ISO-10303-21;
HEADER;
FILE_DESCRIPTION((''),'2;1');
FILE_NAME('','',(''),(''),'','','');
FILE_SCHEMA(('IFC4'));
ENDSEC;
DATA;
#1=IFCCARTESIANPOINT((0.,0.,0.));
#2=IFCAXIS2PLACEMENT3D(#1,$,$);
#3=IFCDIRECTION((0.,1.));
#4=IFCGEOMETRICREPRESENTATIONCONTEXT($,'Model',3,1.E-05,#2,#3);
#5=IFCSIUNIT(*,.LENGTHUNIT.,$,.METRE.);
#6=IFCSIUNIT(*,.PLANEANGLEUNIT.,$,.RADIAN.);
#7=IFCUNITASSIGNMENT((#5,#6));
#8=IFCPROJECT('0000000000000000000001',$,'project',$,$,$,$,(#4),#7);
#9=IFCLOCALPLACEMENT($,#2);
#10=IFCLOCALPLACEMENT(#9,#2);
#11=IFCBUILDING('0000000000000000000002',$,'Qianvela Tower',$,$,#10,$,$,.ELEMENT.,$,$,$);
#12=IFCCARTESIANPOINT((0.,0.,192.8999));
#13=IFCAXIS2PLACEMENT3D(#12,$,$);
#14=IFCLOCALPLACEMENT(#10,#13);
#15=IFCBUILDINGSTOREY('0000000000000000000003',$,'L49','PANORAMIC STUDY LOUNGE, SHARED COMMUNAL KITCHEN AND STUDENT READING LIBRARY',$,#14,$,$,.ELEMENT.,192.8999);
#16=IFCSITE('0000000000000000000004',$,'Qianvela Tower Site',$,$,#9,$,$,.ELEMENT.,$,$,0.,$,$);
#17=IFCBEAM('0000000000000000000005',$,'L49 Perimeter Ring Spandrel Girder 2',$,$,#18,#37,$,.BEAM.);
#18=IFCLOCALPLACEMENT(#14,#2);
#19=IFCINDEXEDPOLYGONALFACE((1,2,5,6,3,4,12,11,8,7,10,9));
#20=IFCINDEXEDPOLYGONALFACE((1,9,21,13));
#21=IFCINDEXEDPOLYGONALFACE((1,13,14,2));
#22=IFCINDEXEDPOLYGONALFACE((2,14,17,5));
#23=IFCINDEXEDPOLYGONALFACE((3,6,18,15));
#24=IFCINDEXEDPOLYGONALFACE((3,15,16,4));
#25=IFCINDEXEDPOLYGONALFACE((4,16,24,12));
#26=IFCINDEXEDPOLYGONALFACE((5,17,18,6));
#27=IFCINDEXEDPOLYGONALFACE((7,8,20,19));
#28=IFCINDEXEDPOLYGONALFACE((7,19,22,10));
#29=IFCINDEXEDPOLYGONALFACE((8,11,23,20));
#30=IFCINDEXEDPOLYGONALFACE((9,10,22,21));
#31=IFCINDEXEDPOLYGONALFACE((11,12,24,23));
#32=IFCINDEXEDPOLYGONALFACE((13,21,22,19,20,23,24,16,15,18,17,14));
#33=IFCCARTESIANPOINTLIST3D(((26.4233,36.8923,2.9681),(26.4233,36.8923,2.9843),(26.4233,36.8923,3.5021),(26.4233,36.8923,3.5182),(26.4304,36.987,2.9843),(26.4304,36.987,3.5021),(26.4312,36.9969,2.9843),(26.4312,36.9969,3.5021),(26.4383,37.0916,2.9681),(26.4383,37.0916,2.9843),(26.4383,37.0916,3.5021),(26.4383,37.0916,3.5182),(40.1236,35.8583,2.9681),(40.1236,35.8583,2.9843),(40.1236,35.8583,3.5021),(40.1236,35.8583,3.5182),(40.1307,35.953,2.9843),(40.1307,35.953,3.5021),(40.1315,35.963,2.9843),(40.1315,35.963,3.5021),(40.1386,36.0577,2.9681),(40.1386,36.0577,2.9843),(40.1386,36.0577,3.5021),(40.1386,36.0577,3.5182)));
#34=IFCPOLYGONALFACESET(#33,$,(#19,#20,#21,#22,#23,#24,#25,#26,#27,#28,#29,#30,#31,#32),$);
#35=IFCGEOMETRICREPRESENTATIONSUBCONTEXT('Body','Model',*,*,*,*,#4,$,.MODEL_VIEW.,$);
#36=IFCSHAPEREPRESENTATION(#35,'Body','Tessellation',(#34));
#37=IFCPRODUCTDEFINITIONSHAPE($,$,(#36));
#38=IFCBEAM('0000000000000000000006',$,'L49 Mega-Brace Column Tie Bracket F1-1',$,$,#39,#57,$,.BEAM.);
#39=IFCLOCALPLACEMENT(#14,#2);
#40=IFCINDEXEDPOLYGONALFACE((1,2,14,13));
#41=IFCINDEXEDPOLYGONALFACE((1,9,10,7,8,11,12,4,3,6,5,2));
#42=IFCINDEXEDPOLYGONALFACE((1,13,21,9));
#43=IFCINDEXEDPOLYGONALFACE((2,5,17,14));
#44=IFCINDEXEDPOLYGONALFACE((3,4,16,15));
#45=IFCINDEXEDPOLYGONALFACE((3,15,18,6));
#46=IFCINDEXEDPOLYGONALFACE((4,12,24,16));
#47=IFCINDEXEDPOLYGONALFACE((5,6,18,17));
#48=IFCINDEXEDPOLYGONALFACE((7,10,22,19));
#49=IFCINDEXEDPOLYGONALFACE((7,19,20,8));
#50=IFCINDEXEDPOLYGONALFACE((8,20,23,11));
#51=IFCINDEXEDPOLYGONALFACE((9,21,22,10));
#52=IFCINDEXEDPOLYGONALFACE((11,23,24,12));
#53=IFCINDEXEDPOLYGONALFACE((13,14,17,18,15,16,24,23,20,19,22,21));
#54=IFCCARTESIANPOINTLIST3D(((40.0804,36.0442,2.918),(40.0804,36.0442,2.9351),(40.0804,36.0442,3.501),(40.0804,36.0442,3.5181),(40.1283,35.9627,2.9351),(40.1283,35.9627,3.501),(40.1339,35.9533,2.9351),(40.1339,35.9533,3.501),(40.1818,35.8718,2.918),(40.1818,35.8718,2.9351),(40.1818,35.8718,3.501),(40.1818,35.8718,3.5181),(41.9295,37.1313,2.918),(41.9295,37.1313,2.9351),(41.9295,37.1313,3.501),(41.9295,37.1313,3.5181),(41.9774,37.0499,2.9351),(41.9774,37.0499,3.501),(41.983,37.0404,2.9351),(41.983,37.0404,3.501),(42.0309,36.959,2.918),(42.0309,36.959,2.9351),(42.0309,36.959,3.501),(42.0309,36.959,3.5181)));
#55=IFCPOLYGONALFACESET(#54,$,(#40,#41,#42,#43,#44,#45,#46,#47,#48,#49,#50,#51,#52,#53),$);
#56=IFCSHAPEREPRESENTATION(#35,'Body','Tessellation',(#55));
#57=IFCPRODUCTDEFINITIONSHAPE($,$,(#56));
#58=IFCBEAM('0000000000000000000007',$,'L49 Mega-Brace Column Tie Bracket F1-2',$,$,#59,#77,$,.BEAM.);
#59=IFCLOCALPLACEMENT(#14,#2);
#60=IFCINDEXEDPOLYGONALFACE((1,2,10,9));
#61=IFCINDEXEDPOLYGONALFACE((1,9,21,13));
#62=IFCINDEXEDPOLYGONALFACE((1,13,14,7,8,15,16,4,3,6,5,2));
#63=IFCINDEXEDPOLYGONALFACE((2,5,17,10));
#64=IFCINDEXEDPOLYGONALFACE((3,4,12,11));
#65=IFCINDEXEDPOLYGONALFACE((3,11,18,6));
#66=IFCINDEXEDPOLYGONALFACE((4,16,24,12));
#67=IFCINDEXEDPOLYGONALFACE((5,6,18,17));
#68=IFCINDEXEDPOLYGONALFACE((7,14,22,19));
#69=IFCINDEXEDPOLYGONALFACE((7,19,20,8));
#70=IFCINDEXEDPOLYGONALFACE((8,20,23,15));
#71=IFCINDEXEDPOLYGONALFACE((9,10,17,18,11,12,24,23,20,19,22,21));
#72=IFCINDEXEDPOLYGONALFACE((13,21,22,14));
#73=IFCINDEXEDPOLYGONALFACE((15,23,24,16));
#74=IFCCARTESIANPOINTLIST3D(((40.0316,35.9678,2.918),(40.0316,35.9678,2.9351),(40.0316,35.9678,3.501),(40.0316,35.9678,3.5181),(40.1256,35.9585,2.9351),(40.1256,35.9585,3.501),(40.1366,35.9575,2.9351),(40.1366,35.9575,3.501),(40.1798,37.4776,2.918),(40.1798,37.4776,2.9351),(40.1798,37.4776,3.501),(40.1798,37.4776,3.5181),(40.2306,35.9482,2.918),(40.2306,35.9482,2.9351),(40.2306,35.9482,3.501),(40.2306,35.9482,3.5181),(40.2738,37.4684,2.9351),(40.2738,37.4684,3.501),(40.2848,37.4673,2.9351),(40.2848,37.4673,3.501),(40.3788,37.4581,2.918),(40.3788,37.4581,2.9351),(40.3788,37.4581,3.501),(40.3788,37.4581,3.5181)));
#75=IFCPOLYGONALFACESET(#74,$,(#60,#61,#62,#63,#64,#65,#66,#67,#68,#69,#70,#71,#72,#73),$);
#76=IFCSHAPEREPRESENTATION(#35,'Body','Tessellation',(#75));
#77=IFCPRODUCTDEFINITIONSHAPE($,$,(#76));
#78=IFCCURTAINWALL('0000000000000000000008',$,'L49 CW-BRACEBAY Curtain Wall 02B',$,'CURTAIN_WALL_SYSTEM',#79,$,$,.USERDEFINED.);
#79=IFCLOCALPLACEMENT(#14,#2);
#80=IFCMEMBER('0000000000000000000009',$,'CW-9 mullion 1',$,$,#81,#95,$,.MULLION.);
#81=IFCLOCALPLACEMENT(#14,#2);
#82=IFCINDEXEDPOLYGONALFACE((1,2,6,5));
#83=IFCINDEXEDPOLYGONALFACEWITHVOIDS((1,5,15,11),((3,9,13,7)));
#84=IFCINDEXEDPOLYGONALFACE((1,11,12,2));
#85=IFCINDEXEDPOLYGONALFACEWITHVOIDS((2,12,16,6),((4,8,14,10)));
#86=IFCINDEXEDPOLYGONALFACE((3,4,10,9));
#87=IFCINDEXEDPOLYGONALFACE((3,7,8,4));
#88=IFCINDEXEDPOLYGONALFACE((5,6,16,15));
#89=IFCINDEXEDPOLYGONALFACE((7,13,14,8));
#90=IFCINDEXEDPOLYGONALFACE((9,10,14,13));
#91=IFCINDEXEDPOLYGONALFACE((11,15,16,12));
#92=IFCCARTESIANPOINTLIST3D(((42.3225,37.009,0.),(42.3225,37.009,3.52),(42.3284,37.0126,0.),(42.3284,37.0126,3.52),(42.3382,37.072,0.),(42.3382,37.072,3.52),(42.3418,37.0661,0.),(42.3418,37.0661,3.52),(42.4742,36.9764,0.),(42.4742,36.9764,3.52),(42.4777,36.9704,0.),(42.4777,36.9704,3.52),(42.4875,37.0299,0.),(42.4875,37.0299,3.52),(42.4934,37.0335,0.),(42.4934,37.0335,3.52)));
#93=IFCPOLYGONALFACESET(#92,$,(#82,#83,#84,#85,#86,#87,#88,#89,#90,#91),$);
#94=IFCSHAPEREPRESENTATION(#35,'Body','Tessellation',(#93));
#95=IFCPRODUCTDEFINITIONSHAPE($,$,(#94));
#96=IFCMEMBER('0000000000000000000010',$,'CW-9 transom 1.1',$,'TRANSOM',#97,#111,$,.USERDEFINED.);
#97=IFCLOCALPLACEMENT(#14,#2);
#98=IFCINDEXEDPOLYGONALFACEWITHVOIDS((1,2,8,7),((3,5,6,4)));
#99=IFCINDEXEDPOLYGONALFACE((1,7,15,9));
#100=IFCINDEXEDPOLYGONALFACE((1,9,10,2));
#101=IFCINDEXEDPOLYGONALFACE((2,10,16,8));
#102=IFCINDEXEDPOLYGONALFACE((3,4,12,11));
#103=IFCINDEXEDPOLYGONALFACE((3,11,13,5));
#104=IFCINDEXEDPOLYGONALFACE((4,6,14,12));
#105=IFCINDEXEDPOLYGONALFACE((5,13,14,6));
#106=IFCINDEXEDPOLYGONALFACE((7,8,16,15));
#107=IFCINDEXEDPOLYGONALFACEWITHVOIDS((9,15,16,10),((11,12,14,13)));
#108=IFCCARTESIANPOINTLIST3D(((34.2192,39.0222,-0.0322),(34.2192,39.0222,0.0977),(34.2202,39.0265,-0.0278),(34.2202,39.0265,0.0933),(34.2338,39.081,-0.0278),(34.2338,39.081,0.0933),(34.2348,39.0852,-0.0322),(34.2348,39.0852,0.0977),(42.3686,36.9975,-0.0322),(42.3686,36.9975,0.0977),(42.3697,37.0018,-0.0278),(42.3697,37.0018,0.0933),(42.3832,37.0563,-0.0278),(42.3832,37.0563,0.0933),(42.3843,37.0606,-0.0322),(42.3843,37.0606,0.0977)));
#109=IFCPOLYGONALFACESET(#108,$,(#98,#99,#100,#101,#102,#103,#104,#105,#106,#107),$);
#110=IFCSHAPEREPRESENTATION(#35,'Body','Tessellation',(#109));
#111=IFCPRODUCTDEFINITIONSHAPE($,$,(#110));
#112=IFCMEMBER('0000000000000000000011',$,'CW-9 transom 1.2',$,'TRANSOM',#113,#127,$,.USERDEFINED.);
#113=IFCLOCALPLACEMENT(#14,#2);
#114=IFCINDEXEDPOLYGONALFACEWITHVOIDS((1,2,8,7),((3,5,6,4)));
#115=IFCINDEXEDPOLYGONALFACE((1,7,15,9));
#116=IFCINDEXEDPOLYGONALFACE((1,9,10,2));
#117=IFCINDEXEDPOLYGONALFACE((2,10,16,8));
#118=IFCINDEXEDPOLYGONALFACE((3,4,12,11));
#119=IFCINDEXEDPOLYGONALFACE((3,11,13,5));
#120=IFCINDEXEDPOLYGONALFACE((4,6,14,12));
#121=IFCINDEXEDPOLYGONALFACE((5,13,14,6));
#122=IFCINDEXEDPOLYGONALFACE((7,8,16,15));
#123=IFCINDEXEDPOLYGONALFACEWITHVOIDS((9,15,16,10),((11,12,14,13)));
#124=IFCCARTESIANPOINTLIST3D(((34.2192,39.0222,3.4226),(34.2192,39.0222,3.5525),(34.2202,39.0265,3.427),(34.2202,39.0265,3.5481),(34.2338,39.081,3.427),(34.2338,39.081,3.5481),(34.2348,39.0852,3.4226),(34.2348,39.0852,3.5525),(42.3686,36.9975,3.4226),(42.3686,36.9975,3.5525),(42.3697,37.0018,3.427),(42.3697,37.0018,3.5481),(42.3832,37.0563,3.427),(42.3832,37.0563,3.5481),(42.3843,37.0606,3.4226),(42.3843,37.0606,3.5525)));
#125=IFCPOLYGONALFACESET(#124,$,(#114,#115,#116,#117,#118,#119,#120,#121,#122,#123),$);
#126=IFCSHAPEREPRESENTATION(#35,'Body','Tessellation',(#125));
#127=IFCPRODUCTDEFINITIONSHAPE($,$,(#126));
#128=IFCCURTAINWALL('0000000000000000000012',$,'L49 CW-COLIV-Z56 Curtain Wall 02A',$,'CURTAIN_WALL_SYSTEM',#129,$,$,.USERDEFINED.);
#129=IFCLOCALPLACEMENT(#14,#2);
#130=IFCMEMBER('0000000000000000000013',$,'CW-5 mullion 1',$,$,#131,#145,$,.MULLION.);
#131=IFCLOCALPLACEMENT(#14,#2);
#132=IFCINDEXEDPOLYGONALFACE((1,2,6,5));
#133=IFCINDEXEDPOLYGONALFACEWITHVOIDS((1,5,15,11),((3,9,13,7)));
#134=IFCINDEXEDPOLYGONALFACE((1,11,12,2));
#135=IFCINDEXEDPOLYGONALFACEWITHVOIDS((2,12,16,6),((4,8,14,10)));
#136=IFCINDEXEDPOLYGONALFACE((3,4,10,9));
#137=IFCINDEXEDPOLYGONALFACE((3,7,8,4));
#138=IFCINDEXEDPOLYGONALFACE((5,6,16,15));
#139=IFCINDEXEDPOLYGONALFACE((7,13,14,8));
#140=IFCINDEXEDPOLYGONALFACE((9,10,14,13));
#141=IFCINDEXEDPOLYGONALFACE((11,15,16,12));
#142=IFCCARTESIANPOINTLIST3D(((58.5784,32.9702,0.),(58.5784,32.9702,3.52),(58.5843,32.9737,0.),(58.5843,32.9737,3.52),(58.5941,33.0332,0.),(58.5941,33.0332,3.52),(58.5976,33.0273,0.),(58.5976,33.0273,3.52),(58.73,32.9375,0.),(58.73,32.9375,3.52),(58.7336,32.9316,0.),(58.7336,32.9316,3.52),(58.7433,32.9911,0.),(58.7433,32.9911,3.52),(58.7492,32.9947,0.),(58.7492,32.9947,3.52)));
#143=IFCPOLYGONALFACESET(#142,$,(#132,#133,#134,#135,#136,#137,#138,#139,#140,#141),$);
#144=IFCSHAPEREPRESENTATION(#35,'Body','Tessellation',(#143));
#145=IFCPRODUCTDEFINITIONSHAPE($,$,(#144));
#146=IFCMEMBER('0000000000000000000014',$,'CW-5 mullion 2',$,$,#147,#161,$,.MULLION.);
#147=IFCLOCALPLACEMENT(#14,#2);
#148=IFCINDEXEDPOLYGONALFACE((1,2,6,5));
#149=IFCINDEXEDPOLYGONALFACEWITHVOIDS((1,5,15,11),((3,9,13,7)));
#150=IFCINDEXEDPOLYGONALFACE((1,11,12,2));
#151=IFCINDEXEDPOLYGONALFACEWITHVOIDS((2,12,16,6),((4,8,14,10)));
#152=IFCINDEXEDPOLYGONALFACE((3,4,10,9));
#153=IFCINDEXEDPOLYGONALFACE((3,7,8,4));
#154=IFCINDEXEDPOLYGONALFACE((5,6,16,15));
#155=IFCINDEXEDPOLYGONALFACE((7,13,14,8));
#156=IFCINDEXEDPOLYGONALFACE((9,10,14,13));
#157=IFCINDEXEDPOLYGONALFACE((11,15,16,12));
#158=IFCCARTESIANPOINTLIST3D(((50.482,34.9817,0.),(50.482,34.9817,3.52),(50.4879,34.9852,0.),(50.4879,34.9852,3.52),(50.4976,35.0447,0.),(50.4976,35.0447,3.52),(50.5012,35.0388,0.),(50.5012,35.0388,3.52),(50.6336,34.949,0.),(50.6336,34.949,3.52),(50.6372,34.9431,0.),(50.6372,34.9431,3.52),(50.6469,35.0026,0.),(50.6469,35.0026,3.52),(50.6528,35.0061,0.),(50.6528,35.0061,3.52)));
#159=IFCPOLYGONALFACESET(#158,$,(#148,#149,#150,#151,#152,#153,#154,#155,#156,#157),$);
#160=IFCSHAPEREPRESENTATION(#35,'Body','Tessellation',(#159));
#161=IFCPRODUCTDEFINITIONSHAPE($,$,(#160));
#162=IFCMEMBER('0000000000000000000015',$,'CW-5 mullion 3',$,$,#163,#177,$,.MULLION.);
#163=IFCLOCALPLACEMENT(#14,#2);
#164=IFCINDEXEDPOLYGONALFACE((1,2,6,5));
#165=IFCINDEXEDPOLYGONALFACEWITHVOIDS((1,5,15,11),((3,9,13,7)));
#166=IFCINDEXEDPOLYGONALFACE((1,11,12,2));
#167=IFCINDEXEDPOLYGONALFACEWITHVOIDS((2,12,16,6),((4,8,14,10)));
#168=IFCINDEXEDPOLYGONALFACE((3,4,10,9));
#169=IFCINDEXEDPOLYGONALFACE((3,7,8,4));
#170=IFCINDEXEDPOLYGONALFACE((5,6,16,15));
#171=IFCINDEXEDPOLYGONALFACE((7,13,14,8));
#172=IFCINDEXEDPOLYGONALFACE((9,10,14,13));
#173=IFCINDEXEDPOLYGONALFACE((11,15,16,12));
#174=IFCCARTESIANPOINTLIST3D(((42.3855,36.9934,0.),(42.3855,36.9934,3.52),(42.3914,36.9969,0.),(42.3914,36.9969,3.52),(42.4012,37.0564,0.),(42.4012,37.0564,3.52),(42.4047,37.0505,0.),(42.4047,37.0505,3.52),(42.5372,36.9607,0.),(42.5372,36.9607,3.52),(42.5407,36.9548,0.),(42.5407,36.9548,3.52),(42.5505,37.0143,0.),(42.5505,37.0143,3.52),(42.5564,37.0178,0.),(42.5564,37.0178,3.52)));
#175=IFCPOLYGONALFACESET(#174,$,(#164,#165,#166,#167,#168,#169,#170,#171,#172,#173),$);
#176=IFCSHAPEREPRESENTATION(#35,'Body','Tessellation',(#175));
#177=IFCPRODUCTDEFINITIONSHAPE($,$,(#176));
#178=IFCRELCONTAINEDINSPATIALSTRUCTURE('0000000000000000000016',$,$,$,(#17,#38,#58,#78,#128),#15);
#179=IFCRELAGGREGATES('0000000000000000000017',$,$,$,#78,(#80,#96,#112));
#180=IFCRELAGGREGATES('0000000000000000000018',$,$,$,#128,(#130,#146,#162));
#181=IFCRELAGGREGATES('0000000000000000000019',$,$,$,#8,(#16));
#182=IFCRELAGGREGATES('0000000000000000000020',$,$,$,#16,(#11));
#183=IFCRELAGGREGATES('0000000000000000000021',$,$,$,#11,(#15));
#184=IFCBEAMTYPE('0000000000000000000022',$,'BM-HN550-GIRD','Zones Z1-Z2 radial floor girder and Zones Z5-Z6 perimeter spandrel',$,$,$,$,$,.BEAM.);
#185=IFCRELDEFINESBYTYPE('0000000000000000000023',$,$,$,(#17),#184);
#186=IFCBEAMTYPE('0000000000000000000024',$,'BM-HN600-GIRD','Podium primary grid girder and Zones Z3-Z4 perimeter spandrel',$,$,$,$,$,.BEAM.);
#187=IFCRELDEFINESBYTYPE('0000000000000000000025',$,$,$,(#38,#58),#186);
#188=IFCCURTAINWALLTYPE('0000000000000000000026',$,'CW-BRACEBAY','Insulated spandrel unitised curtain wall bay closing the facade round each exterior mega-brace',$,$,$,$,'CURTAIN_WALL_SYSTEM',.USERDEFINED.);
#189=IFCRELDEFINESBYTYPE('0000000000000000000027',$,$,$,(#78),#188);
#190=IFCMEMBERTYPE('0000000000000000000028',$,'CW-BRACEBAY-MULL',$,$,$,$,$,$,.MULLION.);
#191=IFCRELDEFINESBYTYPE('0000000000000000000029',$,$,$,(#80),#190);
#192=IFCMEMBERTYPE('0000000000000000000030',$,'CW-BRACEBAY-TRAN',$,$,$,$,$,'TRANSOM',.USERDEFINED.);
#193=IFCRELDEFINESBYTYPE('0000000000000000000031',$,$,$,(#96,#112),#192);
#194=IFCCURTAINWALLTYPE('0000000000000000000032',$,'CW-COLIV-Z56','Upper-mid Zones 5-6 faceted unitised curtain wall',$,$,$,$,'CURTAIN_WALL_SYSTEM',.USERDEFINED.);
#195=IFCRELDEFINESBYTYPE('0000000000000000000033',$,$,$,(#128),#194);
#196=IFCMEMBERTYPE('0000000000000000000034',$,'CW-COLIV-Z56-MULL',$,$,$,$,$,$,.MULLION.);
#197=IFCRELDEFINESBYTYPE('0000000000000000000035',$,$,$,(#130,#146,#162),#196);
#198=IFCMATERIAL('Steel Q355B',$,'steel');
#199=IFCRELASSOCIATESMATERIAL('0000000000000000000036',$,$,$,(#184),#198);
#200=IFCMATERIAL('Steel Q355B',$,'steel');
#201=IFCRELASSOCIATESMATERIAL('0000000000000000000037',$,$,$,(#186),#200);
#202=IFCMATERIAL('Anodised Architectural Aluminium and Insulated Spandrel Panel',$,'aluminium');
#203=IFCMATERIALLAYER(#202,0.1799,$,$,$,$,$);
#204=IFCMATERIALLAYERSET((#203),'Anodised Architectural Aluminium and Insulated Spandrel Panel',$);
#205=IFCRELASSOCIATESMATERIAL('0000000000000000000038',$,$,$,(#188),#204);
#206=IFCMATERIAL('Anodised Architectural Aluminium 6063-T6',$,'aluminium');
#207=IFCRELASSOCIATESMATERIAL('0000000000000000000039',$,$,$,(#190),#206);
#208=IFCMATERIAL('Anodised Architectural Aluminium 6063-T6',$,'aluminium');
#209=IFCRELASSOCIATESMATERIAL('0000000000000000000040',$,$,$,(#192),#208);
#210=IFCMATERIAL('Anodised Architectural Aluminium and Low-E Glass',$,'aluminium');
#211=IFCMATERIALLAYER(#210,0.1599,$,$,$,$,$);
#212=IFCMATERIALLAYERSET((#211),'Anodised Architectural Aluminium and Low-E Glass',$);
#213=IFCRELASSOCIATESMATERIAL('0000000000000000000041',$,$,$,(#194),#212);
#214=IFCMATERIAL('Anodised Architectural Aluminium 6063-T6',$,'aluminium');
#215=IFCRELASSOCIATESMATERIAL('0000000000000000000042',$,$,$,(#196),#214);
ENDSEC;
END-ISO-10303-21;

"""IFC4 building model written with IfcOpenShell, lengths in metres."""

from ifc_helpers import new_model, si_unit, direction, frame, origin, origin_2d, place, context, subcontext, project, spatial, hollow_rectangle, i_section, extrude, material, layer, layer_set, material_profile, profile_set, type_object, element, aggregate, save


model = new_model("IFC4")

# Units and contexts
model_context = context("Model", 3, precision=1e-05, world=origin(), true_north=direction((0.0, 1.0)))
body_context = subcontext(model_context, "Body", "Model", "MODEL_VIEW")
ifc_project = project(units=[si_unit("LENGTHUNIT", "METRE"), si_unit("PLANEANGLEUNIT", "RADIAN")], contexts=[model_context])

# Site, building, storey
site_placement = place(None, origin())
site = spatial("IfcSite", under=ifc_project, at=site_placement, Name="Qianvela Tower Site", CompositionType="ELEMENT", RefElevation=0.0)
building_placement = place(site_placement, origin())
building = spatial("IfcBuilding", under=site, at=building_placement, Name="Qianvela Tower", CompositionType="ELEMENT")
storey_placement = place(building_placement, frame((0.0, 0.0, 192.8999)))
storey = spatial("IfcBuildingStorey", under=building, at=storey_placement, Name="L49", Description="PANORAMIC STUDY LOUNGE, SHARED COMMUNAL KITCHEN AND STUDENT READING LIBRARY", CompositionType="ELEMENT", Elevation=192.8999)

# Beams
ifc_material_1 = material(Name="Steel Q355B", Category="steel")
ifc_material_profile_1 = material_profile(ifc_material_1, i_section(OverallWidth=0.2, OverallDepth=0.55, WebThickness=0.01, FlangeThickness=0.0161, at=origin_2d()), Name="HN550x200x10x16")
ifc_profile_set_1 = profile_set([ifc_material_profile_1], Name="Steel Q355B")
beam_type_1 = type_object("IfcBeamType", Name="BM-HN550-GIRD", Description="Zones Z1-Z2 radial floor girder and Zones Z5-Z6 perimeter spandrel", PredefinedType="BEAM", material=ifc_profile_set_1)
beam_1_placement = place(storey_placement, frame((40.1311, 35.958, 3.2432), z_axis=(-0.997164, 0.075255, 0.0), x_axis=(-0.075255, -0.997164, 0.0)))
element("IfcBeam", 1, at=beam_1_placement, inside=storey, type_object=beam_type_1, Name="L49 Perimeter Ring Spandrel Girder 2", PredefinedType="BEAM", context=body_context, shape_type="SweptSolid", body=[
    extrude(i_section(OverallWidth=0.2, OverallDepth=0.55, WebThickness=0.01, FlangeThickness=0.0161, at=origin_2d()), origin(), (0.0, 0.0, 1.0), 13.7393),
])
ifc_material_2 = material(Name="Steel Q355B", Category="steel")
ifc_material_profile_2 = material_profile(ifc_material_2, i_section(OverallWidth=0.2, OverallDepth=0.6001, WebThickness=0.011, FlangeThickness=0.0171, at=origin_2d()), Name="HN600x200x11x17")
ifc_profile_set_2 = profile_set([ifc_material_profile_2], Name="Steel Q355B")
beam_type_2 = type_object("IfcBeamType", Name="BM-HN600-GIRD", Description="Podium primary grid girder and Zones Z3-Z4 perimeter spandrel", PredefinedType="BEAM", material=ifc_profile_set_2)
beam_2_placement = place(storey_placement, frame((40.1311, 35.958, 3.218), z_axis=(0.862048, 0.506826, 0.0), x_axis=(-0.506826, 0.862048, 0.0)))
element("IfcBeam", 2, at=beam_2_placement, inside=storey, type_object=beam_type_2, Name="L49 Mega-Brace Column Tie Bracket F1-1", PredefinedType="BEAM", context=body_context, shape_type="SweptSolid", body=[
    extrude(i_section(OverallWidth=0.2, OverallDepth=0.6001, WebThickness=0.011, FlangeThickness=0.0171, at=origin_2d()), origin(), (0.0, 0.0, 1.0), 2.145),
])
beam_3_placement = place(storey_placement, frame((40.1311, 35.958, 3.218), z_axis=(0.097687, 0.995217, 0.0), x_axis=(-0.995217, 0.097687, 0.0)))
element("IfcBeam", 3, at=beam_3_placement, inside=storey, type_object=beam_type_2, Name="L49 Mega-Brace Column Tie Bracket F1-2", PredefinedType="BEAM", context=body_context, shape_type="SweptSolid", body=[
    extrude(i_section(OverallWidth=0.2, OverallDepth=0.6001, WebThickness=0.011, FlangeThickness=0.0171, at=origin_2d()), origin(), (0.0, 0.0, 1.0), 1.5171),
])

# Curtain wall, members
ifc_material_3 = material(Name="Anodised Architectural Aluminium and Insulated Spandrel Panel", Category="aluminium")
ifc_layer_1 = layer(ifc_material_3, 0.1799)
ifc_layer_set_1 = layer_set([ifc_layer_1], Name="Anodised Architectural Aluminium and Insulated Spandrel Panel")
curtain_wall_type_1 = type_object("IfcCurtainWallType", Name="CW-BRACEBAY", Description="Insulated spandrel unitised curtain wall bay closing the facade round each exterior mega-brace", ElementType="CURTAIN_WALL_SYSTEM", PredefinedType="USERDEFINED", material=ifc_layer_set_1)
curtain_wall_1_placement = place(storey_placement, origin())
curtain_wall_1 = element("IfcCurtainWall", 4, at=curtain_wall_1_placement, inside=storey, type_object=curtain_wall_type_1, Name="L49 CW-BRACEBAY Curtain Wall 02B", ObjectType="CURTAIN_WALL_SYSTEM", PredefinedType="USERDEFINED")
ifc_material_4 = material(Name="Anodised Architectural Aluminium 6063-T6", Category="aluminium")
ifc_material_profile_3 = material_profile(ifc_material_4, hollow_rectangle(XDim=0.0649, YDim=0.1599, WallThickness=0.0049, at=origin_2d()), Name="ALU-MULL-65x160")
ifc_profile_set_3 = profile_set([ifc_material_profile_3], Name="Anodised Architectural Aluminium 6063-T6")
member_type_1 = type_object("IfcMemberType", Name="CW-BRACEBAY-MULL", PredefinedType="MULLION", material=ifc_profile_set_3)
member_1_placement = place(storey_placement, frame((42.408, 37.0212, 0.0), z_axis=(0.0, 0.0, 1.0), x_axis=(-0.241124, -0.970494, 0.0)))
member_1 = element("IfcMember", 5, at=member_1_placement, type_object=member_type_1, Name="CW-9 mullion 1", PredefinedType="MULLION", context=body_context, shape_type="SweptSolid", body=[
    extrude(hollow_rectangle(XDim=0.0649, YDim=0.1599, WallThickness=0.0049, at=origin_2d()), origin(), (0.0, 0.0, 1.0), 3.52),
])
ifc_material_5 = material(Name="Anodised Architectural Aluminium 6063-T6", Category="aluminium")
ifc_material_profile_4 = material_profile(ifc_material_5, hollow_rectangle(XDim=0.0649, YDim=0.1299, WallThickness=0.0044, at=origin_2d()), Name="ALU-TRAN-65x130")
ifc_profile_set_4 = profile_set([ifc_material_profile_4], Name="Anodised Architectural Aluminium 6063-T6")
member_type_2 = type_object("IfcMemberType", Name="CW-BRACEBAY-TRAN", ElementType="TRANSOM", PredefinedType="USERDEFINED", material=ifc_profile_set_4)
member_2_placement = place(storey_placement, frame((42.3765, 37.0291, 0.0327), z_axis=(-0.970497, 0.241112, 0.0), x_axis=(-0.241112, -0.970497, 0.0)))
member_2 = element("IfcMember", 6, at=member_2_placement, type_object=member_type_2, Name="CW-9 transom 1.1", ObjectType="TRANSOM", PredefinedType="USERDEFINED", context=body_context, shape_type="SweptSolid", body=[
    extrude(hollow_rectangle(XDim=0.0649, YDim=0.1299, WallThickness=0.0044, at=origin_2d()), origin(), (0.0, 0.0, 1.0), 8.3972),
])
member_3_placement = place(storey_placement, frame((42.3765, 37.0291, 3.4875), z_axis=(-0.970497, 0.241112, 0.0), x_axis=(-0.241112, -0.970497, 0.0)))
member_3 = element("IfcMember", 7, at=member_3_placement, type_object=member_type_2, Name="CW-9 transom 1.2", ObjectType="TRANSOM", PredefinedType="USERDEFINED", context=body_context, shape_type="SweptSolid", body=[
    extrude(hollow_rectangle(XDim=0.0649, YDim=0.1299, WallThickness=0.0044, at=origin_2d()), origin(), (0.0, 0.0, 1.0), 8.3972),
])
aggregate(curtain_wall_1, [member_1, member_2, member_3])

# Curtain wall, members
ifc_material_6 = material(Name="Anodised Architectural Aluminium and Low-E Glass", Category="aluminium")
ifc_layer_2 = layer(ifc_material_6, 0.1599)
ifc_layer_set_2 = layer_set([ifc_layer_2], Name="Anodised Architectural Aluminium and Low-E Glass")
curtain_wall_type_2 = type_object("IfcCurtainWallType", Name="CW-COLIV-Z56", Description="Upper-mid Zones 5-6 faceted unitised curtain wall", ElementType="CURTAIN_WALL_SYSTEM", PredefinedType="USERDEFINED", material=ifc_layer_set_2)
curtain_wall_2_placement = place(storey_placement, origin())
curtain_wall_2 = element("IfcCurtainWall", 8, at=curtain_wall_2_placement, inside=storey, type_object=curtain_wall_type_2, Name="L49 CW-COLIV-Z56 Curtain Wall 02A", ObjectType="CURTAIN_WALL_SYSTEM", PredefinedType="USERDEFINED")
ifc_material_7 = material(Name="Anodised Architectural Aluminium 6063-T6", Category="aluminium")
ifc_material_profile_5 = material_profile(ifc_material_7, hollow_rectangle(XDim=0.0649, YDim=0.1599, WallThickness=0.0049, at=origin_2d()), Name="ALU-MULL-65x160")
ifc_profile_set_5 = profile_set([ifc_material_profile_5], Name="Anodised Architectural Aluminium 6063-T6")
member_type_3 = type_object("IfcMemberType", Name="CW-COLIV-Z56-MULL", PredefinedType="MULLION", material=ifc_profile_set_5)
member_4_placement = place(storey_placement, frame((58.6638, 32.9824, 0.0), z_axis=(0.0, 0.0, 1.0), x_axis=(-0.241122, -0.970495, 0.0)))
member_4 = element("IfcMember", 9, at=member_4_placement, type_object=member_type_3, Name="CW-5 mullion 1", PredefinedType="MULLION", context=body_context, shape_type="SweptSolid", body=[
    extrude(hollow_rectangle(XDim=0.0649, YDim=0.1599, WallThickness=0.0049, at=origin_2d()), origin(), (0.0, 0.0, 1.0), 3.52),
])
member_5_placement = place(storey_placement, frame((50.5674, 34.9939, 0.0), z_axis=(0.0, 0.0, 1.0), x_axis=(-0.241122, -0.970495, 0.0)))
member_5 = element("IfcMember", 10, at=member_5_placement, type_object=member_type_3, Name="CW-5 mullion 2", PredefinedType="MULLION", context=body_context, shape_type="SweptSolid", body=[
    extrude(hollow_rectangle(XDim=0.0649, YDim=0.1599, WallThickness=0.0049, at=origin_2d()), origin(), (0.0, 0.0, 1.0), 3.52),
])
member_6_placement = place(storey_placement, frame((42.4709, 37.0056, 0.0), z_axis=(0.0, 0.0, 1.0), x_axis=(-0.241122, -0.970495, 0.0)))
member_6 = element("IfcMember", 11, at=member_6_placement, type_object=member_type_3, Name="CW-5 mullion 3", PredefinedType="MULLION", context=body_context, shape_type="SweptSolid", body=[
    extrude(hollow_rectangle(XDim=0.0649, YDim=0.1599, WallThickness=0.0049, at=origin_2d()), origin(), (0.0, 0.0, 1.0), 3.52),
])
aggregate(curtain_wall_2, [member_4, member_5, member_6])

save(model, "model.ifc")
